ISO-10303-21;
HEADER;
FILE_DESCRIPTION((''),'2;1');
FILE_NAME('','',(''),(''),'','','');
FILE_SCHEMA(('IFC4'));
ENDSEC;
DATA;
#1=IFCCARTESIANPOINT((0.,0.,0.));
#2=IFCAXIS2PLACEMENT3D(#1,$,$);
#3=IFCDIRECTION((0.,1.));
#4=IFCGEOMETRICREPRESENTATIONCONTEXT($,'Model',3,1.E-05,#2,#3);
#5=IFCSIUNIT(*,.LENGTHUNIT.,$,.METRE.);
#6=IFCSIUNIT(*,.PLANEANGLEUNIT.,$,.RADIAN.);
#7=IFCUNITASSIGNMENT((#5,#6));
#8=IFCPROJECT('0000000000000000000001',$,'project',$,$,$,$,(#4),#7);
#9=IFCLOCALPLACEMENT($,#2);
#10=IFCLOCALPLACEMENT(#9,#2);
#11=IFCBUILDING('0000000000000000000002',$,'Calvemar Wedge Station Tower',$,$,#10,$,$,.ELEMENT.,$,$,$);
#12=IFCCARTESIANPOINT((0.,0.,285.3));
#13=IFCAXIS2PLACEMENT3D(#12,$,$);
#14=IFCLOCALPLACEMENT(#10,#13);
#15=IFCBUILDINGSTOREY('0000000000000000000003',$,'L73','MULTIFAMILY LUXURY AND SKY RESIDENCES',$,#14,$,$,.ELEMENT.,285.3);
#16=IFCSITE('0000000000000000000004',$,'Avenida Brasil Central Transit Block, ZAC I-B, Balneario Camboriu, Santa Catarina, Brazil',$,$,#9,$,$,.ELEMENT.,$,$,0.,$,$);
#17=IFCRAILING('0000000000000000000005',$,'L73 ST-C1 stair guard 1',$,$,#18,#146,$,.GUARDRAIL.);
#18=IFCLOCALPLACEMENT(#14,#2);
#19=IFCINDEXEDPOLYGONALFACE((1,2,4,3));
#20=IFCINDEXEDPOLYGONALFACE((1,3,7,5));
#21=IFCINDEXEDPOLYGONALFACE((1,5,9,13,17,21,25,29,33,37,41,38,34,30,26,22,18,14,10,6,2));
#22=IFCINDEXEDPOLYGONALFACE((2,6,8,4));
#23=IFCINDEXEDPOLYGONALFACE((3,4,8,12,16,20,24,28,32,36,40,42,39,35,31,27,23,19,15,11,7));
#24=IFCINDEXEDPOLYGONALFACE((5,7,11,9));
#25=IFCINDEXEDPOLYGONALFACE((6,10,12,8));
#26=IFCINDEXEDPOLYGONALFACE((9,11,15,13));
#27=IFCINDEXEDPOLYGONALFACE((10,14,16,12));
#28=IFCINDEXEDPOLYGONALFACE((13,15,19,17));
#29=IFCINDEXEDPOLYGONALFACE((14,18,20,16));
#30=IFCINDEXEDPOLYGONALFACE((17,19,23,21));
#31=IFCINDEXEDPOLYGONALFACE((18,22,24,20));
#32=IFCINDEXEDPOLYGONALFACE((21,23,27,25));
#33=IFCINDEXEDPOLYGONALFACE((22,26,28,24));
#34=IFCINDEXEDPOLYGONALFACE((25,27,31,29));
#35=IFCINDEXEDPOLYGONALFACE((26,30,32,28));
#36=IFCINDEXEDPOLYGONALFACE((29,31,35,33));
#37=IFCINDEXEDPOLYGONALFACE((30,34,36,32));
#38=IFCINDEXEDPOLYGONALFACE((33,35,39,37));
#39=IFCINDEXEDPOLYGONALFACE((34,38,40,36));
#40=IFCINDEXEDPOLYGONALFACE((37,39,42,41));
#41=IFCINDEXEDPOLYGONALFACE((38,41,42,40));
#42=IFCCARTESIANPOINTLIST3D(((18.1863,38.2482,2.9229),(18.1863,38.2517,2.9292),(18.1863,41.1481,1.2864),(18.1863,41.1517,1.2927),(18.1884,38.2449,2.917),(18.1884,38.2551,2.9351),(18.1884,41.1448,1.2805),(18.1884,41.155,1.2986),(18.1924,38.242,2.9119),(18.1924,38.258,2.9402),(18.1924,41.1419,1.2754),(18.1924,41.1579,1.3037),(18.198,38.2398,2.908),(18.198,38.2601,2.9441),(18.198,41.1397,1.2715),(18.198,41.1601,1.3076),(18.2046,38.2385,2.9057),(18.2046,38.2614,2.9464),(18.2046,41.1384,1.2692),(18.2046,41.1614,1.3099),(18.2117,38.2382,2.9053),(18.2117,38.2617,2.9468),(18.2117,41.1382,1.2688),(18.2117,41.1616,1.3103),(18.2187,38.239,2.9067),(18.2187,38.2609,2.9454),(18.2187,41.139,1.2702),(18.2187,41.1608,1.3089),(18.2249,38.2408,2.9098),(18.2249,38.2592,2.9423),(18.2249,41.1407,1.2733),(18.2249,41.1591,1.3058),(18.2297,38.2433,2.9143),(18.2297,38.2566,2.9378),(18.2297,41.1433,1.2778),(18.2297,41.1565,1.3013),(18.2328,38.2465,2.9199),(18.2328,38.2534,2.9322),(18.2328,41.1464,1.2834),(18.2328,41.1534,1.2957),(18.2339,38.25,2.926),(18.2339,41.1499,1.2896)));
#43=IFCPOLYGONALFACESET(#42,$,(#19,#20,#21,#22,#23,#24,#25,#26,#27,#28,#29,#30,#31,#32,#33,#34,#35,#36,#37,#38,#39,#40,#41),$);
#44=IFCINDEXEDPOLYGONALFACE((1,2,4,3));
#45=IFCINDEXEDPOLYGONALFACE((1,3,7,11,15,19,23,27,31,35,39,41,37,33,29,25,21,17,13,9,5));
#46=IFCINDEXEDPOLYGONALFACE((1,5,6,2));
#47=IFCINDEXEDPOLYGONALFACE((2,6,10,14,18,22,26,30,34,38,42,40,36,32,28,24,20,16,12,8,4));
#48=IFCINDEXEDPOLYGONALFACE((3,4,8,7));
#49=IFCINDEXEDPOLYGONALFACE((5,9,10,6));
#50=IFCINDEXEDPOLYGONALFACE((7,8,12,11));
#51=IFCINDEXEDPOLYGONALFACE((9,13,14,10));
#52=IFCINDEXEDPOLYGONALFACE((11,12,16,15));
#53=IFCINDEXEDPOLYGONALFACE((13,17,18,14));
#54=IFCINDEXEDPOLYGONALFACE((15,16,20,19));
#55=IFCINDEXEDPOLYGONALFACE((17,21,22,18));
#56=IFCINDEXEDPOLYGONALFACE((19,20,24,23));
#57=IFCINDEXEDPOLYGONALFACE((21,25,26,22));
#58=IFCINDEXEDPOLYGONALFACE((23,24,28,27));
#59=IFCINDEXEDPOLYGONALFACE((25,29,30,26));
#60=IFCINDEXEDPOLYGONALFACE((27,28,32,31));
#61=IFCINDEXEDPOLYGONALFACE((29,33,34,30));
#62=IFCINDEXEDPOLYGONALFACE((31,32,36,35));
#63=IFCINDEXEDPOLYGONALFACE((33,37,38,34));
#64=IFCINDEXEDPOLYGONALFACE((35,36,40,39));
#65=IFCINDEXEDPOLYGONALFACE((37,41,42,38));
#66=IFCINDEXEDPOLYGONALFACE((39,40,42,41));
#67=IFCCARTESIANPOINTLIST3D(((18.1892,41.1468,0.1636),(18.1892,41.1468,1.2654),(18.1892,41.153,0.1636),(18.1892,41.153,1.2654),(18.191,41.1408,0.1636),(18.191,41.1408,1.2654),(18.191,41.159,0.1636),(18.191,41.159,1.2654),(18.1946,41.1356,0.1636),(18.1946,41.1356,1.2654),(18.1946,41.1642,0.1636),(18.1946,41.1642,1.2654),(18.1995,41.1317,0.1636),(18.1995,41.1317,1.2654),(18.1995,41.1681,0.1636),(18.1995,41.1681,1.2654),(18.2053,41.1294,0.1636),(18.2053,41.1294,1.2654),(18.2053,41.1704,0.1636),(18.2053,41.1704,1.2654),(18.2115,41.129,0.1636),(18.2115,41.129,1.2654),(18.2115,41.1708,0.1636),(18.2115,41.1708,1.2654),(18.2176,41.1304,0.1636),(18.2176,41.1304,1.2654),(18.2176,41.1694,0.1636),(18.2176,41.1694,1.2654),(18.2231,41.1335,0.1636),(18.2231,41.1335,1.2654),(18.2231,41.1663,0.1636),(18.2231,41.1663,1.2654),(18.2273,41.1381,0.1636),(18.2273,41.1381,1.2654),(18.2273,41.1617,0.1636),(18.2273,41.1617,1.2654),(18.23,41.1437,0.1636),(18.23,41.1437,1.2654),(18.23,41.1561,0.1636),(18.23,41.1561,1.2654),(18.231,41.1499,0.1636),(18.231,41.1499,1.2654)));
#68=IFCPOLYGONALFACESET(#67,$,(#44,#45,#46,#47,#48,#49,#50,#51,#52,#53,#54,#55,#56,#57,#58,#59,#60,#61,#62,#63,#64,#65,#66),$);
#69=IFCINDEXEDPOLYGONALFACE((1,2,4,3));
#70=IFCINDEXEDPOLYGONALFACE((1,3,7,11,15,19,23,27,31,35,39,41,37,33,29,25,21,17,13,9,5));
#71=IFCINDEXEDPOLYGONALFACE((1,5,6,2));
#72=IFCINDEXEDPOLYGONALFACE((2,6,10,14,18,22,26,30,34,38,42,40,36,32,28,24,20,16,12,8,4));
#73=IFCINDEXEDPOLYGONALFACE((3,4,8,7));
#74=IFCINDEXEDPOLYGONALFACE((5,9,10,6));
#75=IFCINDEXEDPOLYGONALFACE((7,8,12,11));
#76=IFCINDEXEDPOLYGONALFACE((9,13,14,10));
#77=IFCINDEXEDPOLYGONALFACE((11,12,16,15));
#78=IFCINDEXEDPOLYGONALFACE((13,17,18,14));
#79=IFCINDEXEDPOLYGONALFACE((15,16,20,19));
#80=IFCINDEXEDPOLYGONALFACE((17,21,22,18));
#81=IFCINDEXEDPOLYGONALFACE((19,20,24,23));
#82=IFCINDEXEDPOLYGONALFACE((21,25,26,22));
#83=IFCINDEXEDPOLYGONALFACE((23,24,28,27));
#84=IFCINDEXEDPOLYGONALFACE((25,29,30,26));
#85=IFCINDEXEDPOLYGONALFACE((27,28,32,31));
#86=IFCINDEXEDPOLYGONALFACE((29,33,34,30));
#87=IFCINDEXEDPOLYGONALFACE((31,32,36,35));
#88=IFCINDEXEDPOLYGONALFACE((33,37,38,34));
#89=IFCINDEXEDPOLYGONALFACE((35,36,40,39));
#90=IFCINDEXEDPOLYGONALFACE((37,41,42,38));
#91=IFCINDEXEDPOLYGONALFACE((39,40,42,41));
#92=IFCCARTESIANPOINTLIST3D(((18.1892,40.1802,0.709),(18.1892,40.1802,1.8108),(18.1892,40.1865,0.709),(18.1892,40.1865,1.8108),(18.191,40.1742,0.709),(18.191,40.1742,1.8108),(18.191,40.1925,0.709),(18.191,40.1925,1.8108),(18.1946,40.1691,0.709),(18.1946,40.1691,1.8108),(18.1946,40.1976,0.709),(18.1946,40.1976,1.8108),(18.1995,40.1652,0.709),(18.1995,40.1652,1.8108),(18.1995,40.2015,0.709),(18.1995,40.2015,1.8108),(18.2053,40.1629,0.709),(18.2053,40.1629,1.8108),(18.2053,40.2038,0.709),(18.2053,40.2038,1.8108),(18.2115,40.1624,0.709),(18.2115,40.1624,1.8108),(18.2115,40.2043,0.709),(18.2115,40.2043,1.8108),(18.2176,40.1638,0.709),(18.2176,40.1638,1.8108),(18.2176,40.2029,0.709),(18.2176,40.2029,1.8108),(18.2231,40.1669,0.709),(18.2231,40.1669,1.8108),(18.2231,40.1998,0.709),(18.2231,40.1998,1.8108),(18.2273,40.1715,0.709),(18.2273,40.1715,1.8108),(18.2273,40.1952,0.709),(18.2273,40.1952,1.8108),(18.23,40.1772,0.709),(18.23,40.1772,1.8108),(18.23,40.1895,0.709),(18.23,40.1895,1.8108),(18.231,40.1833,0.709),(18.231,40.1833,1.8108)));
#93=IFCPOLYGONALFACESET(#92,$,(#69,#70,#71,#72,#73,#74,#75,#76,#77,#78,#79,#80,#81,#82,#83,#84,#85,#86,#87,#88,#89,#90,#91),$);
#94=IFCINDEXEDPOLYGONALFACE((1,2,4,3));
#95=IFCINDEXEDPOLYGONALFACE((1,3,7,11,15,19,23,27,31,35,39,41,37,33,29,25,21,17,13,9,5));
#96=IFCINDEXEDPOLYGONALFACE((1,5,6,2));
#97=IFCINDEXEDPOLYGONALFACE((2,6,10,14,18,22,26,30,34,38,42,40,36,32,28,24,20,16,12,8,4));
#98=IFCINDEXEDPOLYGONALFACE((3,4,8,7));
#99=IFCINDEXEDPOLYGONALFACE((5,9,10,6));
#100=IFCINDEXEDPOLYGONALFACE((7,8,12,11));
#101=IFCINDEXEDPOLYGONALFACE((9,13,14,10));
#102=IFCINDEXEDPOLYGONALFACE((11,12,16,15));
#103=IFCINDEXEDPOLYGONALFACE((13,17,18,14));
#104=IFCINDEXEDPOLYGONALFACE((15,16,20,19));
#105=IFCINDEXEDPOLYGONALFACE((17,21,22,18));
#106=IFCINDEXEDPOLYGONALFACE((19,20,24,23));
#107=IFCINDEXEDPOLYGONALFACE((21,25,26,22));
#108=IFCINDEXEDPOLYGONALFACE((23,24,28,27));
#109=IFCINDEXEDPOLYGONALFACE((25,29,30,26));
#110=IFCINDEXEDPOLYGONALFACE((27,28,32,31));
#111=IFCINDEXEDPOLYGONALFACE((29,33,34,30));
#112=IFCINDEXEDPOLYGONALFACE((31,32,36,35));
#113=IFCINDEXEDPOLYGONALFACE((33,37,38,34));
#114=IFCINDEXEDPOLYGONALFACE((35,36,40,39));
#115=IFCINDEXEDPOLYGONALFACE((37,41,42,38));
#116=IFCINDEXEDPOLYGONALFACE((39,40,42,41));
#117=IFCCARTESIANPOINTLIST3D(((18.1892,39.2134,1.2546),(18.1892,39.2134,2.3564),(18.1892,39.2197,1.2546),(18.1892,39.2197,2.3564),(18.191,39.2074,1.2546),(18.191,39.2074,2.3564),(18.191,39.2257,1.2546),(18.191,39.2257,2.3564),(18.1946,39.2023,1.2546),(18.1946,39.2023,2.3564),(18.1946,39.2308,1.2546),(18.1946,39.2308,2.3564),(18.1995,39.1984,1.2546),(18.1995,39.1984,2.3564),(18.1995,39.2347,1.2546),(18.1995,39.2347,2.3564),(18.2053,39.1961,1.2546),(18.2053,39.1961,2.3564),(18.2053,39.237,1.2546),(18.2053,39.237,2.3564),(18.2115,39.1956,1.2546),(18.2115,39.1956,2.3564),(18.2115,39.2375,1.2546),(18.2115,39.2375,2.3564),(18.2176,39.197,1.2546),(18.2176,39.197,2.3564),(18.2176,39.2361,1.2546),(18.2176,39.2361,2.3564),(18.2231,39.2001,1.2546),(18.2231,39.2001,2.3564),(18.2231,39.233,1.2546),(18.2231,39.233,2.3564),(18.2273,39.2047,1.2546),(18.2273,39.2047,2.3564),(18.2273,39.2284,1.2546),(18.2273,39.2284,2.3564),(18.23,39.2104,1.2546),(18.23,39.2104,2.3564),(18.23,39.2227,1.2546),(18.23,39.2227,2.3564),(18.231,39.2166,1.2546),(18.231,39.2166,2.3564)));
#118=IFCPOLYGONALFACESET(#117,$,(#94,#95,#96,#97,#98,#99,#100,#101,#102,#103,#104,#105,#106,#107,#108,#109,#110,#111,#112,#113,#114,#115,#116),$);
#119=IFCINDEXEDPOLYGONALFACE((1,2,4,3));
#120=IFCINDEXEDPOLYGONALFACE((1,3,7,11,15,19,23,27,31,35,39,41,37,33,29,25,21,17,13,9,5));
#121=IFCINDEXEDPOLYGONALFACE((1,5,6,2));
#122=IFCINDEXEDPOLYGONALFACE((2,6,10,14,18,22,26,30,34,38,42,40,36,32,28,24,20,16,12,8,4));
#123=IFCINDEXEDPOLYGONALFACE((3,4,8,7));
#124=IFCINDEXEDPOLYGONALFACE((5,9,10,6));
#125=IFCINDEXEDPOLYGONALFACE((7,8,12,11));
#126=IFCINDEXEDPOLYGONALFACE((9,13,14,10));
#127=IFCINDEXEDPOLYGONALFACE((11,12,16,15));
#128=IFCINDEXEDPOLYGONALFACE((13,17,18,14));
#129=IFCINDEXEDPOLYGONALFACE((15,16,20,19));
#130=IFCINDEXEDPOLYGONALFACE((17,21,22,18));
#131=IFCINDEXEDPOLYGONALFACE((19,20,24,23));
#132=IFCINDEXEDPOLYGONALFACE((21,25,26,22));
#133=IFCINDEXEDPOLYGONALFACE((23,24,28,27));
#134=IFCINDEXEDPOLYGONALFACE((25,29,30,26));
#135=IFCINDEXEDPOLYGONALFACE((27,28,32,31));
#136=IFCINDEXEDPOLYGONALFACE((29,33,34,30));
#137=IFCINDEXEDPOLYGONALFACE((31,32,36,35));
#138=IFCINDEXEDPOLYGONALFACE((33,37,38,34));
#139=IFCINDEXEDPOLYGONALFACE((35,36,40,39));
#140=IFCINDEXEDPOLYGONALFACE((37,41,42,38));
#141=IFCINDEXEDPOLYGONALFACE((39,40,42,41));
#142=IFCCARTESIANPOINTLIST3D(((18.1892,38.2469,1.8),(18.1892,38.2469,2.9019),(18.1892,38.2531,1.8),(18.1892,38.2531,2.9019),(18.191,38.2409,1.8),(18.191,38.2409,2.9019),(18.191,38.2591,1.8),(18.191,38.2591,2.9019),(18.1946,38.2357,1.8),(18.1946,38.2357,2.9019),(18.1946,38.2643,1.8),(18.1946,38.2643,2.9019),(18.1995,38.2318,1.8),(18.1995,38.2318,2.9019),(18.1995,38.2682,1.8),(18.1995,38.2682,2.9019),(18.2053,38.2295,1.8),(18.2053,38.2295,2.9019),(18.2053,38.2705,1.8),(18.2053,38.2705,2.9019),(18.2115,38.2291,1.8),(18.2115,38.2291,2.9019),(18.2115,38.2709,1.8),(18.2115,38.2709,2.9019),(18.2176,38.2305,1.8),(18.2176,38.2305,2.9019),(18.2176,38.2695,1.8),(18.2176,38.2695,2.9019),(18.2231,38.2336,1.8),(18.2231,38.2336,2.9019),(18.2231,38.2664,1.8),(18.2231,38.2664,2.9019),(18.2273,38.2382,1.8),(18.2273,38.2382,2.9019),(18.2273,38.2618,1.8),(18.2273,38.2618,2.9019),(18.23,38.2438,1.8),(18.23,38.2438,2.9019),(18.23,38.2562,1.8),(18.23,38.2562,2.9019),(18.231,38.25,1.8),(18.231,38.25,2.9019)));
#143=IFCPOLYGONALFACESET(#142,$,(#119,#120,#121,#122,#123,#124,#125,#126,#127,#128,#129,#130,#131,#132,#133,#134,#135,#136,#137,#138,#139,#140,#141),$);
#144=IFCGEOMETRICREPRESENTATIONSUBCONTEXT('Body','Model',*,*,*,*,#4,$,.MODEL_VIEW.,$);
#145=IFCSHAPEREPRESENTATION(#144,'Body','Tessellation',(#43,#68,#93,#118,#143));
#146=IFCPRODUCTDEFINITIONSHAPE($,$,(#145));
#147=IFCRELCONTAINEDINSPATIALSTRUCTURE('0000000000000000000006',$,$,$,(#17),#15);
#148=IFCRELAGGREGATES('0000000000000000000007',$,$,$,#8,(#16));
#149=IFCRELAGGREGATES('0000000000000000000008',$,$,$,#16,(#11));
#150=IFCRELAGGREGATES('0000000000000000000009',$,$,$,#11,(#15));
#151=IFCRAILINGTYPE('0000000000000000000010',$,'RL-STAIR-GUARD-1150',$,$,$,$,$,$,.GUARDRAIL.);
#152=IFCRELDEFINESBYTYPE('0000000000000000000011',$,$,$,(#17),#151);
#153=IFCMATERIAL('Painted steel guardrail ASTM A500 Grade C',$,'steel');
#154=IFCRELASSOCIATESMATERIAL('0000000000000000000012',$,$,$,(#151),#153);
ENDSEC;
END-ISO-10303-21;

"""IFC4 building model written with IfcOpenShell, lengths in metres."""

from ifc_helpers import new_model, si_unit, direction, frame, origin, origin_2d, place, context, subcontext, project, spatial, circle, extrude, material, type_object, element, save


model = new_model("IFC4")

# Units and contexts
model_context = context("Model", 3, precision=1e-05, world=origin(), true_north=direction((0.0, 1.0)))
body_context = subcontext(model_context, "Body", "Model", "MODEL_VIEW")
ifc_project = project(units=[si_unit("LENGTHUNIT", "METRE"), si_unit("PLANEANGLEUNIT", "RADIAN")], contexts=[model_context])

# Site, building, storey
site_placement = place(None, origin())
site = spatial("IfcSite", under=ifc_project, at=site_placement, Name="Avenida Brasil Central Transit Block, ZAC I-B, Balneario Camboriu, Santa Catarina, Brazil", CompositionType="ELEMENT", RefElevation=0.0)
building_placement = place(site_placement, origin())
building = spatial("IfcBuilding", under=site, at=building_placement, Name="Calvemar Wedge Station Tower", CompositionType="ELEMENT")
storey_placement = place(building_placement, frame((0.0, 0.0, 285.3)))
storey = spatial("IfcBuildingStorey", under=building, at=storey_placement, Name="L73", Description="MULTIFAMILY LUXURY AND SKY RESIDENCES", CompositionType="ELEMENT", Elevation=285.3)

# Railing
ifc_material_1 = material(Name="Painted steel guardrail ASTM A500 Grade C", Category="steel")
railing_type_1 = type_object("IfcRailingType", Name="RL-STAIR-GUARD-1150", PredefinedType="GUARDRAIL", material=ifc_material_1)
railing_1_placement = place(storey_placement, frame((18.21, 41.1499, 0.1636)))
element("IfcRailing", 1, at=railing_1_placement, inside=storey, type_object=railing_type_1, Name="L73 ST-C1 stair guard 1", PredefinedType="GUARDRAIL", context=body_context, shape_type="SweptSolid", body=[
    extrude(circle(Radius=0.0239, at=origin_2d()), frame((0.0, 0.0, 1.126), z_axis=(0.0, -0.870897, 0.491465), x_axis=(1.0, 0.0, 0.0)), (0.0, 0.0, 1.0), 3.3298),
    extrude(circle(Radius=0.021, at=origin_2d()), origin(), (0.0, 0.0, 1.0), 1.1018),
    extrude(circle(Radius=0.021, at=origin_2d()), frame((0.0, -0.9666, 0.5454)), (0.0, 0.0, 1.0), 1.1018),
    extrude(circle(Radius=0.021, at=origin_2d()), frame((0.0, -1.9333, 1.0911)), (0.0, 0.0, 1.0), 1.1018),
    extrude(circle(Radius=0.021, at=origin_2d()), frame((0.0, -2.8999, 1.6365)), (0.0, 0.0, 1.0), 1.1018),
])

save(model, "model.ifc")
